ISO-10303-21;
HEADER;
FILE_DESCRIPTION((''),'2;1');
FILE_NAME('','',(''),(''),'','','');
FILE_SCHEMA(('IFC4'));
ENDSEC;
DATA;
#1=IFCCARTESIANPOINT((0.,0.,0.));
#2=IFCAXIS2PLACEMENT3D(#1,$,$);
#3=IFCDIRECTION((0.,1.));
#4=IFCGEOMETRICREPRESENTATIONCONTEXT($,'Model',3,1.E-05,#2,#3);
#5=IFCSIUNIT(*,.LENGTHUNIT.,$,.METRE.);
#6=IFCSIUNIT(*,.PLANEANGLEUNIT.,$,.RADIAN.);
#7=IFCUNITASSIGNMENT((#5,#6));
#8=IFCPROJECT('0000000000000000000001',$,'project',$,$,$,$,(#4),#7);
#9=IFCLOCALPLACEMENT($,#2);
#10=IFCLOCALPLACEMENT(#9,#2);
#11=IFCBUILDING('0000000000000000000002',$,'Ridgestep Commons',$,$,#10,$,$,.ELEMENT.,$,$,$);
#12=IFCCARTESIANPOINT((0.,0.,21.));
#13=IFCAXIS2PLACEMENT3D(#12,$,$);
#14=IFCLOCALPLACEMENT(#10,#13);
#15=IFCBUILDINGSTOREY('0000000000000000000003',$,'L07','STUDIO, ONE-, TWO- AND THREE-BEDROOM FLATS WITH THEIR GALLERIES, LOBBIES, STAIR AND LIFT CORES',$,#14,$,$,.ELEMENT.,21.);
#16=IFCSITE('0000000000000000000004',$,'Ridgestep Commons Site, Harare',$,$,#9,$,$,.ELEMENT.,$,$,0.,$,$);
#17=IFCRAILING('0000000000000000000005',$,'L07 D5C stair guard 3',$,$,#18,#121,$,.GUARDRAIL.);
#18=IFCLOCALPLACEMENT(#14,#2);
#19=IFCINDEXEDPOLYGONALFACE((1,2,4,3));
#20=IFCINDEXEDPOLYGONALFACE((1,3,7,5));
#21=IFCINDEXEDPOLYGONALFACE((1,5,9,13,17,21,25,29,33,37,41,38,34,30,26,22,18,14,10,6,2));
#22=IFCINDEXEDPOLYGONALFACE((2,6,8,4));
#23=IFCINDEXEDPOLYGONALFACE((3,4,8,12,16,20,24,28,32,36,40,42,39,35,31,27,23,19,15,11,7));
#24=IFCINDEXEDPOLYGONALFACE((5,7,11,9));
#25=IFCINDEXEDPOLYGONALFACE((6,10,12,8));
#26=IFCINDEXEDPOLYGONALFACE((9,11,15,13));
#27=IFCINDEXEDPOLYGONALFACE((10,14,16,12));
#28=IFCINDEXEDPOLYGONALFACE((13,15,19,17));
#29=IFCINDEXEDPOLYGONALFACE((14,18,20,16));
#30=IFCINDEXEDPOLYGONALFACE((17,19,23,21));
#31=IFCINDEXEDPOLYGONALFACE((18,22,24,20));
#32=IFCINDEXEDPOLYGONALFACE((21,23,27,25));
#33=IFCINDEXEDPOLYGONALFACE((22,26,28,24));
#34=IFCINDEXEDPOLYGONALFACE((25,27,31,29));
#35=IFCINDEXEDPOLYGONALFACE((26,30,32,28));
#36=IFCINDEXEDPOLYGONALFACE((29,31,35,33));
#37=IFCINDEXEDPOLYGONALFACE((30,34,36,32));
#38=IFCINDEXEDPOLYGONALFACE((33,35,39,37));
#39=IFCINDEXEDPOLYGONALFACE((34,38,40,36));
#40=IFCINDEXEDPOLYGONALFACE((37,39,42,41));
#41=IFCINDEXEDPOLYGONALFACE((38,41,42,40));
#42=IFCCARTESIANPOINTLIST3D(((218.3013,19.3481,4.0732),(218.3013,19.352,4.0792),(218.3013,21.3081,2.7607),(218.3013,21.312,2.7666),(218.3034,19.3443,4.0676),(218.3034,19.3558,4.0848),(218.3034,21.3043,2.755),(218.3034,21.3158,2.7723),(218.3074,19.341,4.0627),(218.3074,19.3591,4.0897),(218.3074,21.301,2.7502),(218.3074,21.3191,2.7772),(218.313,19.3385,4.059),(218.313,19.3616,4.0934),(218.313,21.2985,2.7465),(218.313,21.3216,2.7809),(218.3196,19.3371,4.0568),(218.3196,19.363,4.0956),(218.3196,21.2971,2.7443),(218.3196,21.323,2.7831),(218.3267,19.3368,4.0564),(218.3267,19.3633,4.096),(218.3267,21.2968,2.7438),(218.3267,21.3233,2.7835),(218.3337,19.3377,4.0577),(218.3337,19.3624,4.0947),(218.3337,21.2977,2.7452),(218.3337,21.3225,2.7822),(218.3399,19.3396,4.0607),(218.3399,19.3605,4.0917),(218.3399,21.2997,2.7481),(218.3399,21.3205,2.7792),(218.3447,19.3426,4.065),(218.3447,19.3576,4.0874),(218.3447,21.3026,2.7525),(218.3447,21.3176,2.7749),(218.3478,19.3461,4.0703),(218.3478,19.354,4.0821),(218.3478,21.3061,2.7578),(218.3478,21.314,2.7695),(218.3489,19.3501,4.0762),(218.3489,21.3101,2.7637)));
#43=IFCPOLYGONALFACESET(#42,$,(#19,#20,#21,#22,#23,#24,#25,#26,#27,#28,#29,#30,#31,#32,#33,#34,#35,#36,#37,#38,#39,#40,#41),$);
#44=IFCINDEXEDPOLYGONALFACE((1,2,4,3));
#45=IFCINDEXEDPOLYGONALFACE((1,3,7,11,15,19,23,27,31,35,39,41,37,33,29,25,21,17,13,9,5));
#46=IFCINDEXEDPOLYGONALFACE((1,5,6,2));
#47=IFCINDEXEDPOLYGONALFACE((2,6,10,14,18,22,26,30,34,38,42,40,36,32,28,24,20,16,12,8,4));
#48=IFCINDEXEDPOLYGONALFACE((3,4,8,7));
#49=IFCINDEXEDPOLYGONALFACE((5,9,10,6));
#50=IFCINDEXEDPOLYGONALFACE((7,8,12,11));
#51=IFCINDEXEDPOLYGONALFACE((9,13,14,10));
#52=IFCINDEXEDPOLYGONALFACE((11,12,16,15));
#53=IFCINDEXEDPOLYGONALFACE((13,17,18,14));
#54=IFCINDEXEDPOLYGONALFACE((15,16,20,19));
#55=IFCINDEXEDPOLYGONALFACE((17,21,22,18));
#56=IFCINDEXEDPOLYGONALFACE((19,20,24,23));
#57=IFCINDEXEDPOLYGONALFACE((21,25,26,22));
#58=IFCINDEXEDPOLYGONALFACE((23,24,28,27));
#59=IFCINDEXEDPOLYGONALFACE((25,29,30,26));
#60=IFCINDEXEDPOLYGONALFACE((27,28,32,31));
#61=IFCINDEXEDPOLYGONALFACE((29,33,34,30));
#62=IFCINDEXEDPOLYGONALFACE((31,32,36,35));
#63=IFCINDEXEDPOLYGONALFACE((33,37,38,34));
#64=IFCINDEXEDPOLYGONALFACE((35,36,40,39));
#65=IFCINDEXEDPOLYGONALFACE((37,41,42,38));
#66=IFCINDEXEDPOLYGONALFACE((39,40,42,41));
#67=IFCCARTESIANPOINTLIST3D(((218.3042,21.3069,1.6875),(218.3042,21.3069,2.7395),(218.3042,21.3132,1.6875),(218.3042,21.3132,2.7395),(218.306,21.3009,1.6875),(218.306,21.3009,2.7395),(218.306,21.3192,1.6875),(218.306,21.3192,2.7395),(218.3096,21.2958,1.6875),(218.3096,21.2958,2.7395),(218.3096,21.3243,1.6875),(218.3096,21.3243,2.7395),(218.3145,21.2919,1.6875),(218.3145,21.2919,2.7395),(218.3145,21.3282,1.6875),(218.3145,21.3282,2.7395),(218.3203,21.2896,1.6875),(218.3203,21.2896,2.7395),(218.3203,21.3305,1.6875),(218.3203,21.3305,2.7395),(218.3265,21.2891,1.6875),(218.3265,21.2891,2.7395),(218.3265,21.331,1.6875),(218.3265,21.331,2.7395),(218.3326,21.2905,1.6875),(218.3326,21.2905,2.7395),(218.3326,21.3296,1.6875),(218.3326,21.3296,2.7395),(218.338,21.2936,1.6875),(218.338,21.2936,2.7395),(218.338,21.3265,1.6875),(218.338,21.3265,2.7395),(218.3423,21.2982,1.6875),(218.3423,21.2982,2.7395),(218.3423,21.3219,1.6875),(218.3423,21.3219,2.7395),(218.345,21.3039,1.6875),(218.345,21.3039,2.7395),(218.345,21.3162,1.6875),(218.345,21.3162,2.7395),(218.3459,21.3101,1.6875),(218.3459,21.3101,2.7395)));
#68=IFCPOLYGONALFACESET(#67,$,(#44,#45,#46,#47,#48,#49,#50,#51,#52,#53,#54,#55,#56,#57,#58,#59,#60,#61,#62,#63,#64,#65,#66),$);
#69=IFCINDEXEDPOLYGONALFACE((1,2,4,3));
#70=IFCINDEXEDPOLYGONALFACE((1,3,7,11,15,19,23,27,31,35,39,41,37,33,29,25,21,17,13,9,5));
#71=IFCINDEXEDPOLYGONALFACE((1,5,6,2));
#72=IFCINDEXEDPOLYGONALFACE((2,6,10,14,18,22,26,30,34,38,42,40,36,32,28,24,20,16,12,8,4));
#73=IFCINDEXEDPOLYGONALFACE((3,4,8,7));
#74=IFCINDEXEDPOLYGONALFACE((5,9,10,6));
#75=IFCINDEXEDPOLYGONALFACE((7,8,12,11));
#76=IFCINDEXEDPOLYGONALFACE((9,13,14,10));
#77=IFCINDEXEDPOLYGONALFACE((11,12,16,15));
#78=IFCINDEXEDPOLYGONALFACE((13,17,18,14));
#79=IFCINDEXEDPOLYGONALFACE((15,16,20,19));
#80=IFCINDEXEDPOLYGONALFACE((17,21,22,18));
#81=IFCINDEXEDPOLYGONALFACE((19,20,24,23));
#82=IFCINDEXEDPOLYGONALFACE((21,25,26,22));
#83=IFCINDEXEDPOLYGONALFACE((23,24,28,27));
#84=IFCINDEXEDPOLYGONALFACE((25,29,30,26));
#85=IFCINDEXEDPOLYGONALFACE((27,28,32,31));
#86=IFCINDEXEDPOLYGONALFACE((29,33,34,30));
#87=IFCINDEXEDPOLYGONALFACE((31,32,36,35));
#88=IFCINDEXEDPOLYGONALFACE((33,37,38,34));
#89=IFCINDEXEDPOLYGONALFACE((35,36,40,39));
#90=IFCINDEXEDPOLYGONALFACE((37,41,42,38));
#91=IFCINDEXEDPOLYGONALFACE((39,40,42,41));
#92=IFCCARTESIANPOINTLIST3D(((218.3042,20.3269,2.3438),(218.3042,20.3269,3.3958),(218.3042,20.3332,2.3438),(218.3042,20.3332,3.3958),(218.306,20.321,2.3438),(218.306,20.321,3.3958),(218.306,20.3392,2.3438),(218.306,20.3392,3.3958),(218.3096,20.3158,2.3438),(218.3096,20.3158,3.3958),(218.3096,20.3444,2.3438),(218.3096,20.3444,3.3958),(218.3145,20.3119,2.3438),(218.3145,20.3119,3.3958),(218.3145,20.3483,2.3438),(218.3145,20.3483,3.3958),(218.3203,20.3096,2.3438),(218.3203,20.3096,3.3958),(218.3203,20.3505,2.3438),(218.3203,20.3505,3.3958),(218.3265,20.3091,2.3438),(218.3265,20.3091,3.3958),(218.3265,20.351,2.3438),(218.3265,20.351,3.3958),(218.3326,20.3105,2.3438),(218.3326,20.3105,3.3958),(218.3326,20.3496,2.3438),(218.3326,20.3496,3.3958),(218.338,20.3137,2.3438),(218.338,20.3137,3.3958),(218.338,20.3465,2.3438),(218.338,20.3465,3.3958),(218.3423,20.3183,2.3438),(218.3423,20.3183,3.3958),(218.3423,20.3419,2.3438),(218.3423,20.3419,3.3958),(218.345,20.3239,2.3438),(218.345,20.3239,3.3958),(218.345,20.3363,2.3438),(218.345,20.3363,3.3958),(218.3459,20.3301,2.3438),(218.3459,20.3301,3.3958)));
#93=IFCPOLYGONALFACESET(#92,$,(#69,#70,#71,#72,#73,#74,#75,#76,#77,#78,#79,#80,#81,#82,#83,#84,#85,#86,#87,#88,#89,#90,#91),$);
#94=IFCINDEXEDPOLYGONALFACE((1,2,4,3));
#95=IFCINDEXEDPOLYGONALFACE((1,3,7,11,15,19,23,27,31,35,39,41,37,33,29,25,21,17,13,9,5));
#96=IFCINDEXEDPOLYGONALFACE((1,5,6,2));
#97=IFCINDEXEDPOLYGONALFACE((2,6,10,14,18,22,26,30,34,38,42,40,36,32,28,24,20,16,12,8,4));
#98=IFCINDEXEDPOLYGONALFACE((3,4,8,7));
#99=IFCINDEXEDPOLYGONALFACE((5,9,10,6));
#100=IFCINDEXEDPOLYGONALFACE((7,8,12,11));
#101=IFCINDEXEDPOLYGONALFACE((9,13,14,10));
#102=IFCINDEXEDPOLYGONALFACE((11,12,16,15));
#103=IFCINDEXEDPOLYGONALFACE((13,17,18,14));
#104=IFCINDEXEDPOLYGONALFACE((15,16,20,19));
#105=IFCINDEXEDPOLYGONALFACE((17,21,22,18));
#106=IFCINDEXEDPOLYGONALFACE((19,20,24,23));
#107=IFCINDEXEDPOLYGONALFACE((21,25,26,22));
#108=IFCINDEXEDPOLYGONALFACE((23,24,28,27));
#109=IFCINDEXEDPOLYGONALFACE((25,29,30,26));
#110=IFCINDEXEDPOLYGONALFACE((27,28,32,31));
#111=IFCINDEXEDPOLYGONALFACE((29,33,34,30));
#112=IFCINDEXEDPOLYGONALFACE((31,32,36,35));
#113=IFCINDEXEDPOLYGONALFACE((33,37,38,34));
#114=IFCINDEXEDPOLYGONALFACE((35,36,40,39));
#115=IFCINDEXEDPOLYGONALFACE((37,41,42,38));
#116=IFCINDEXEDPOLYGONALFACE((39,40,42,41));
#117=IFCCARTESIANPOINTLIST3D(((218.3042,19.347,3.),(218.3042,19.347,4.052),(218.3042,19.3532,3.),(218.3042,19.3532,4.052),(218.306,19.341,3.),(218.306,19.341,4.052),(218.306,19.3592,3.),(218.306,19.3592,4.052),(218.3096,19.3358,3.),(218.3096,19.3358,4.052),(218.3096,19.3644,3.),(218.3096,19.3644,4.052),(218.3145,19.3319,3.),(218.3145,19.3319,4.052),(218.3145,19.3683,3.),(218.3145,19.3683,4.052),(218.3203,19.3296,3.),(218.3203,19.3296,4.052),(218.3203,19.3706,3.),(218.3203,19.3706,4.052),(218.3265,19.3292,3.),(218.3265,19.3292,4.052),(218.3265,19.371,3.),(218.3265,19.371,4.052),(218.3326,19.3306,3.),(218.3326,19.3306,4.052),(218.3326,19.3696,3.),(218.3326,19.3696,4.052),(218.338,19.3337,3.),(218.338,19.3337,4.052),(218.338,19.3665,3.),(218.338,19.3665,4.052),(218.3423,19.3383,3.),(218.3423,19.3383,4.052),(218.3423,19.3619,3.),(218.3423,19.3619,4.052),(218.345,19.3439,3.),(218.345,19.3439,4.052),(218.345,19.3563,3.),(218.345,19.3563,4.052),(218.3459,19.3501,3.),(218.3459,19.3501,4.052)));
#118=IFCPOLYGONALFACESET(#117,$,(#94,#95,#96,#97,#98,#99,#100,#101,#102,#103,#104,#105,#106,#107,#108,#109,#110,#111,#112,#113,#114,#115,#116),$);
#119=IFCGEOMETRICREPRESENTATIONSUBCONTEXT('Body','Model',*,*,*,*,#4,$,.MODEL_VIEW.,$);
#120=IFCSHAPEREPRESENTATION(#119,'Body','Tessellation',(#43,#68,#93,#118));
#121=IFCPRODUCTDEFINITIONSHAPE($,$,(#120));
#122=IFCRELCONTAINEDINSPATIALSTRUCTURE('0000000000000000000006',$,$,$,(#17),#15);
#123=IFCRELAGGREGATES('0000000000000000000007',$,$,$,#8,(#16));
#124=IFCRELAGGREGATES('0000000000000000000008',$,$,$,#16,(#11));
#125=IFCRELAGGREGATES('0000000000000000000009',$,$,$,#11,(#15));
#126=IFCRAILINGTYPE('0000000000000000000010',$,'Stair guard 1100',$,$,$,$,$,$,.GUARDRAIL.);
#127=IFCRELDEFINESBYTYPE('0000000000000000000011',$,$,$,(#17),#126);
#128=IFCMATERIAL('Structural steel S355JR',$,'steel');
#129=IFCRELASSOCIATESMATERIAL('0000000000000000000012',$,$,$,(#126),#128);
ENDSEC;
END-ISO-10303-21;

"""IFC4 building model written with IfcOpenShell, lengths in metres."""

from ifc_helpers import new_model, si_unit, direction, frame, origin, origin_2d, place, context, subcontext, project, spatial, circle, extrude, material, type_object, element, save


model = new_model("IFC4")

# Units and contexts
model_context = context("Model", 3, precision=1e-05, world=origin(), true_north=direction((0.0, 1.0)))
body_context = subcontext(model_context, "Body", "Model", "MODEL_VIEW")
ifc_project = project(units=[si_unit("LENGTHUNIT", "METRE"), si_unit("PLANEANGLEUNIT", "RADIAN")], contexts=[model_context])

# Site, building, storey
site_placement = place(None, origin())
site = spatial("IfcSite", under=ifc_project, at=site_placement, Name="Ridgestep Commons Site, Harare", CompositionType="ELEMENT", RefElevation=0.0)
building_placement = place(site_placement, origin())
building = spatial("IfcBuilding", under=site, at=building_placement, Name="Ridgestep Commons", CompositionType="ELEMENT")
storey_placement = place(building_placement, frame((0.0, 0.0, 21.0)))
storey = spatial("IfcBuildingStorey", under=building, at=storey_placement, Name="L07", Description="STUDIO, ONE-, TWO- AND THREE-BEDROOM FLATS WITH THEIR GALLERIES, LOBBIES, STAIR AND LIFT CORES", CompositionType="ELEMENT", Elevation=21.0)

# Railing
ifc_material_1 = material(Name="Structural steel S355JR", Category="steel")
railing_type_1 = type_object("IfcRailingType", Name="Stair guard 1100", PredefinedType="GUARDRAIL", material=ifc_material_1)
railing_1_placement = place(storey_placement, frame((218.325, 21.3101, 1.6875)))
element("IfcRailing", 1, at=railing_1_placement, inside=storey, type_object=railing_type_1, Name="L07 D5C stair guard 3", PredefinedType="GUARDRAIL", context=body_context, shape_type="SweptSolid", body=[
    extrude(circle(Radius=0.0239, at=origin_2d()), frame((0.0, 0.0, 1.0762), z_axis=(0.0, -0.830902, 0.556419), x_axis=(1.0, 0.0, 0.0)), (0.0, 0.0, 1.0), 2.3589),
    extrude(circle(Radius=0.021, at=origin_2d()), origin(), (0.0, 0.0, 1.0), 1.052),
    extrude(circle(Radius=0.021, at=origin_2d()), frame((0.0, -0.98, 0.6562)), (0.0, 0.0, 1.0), 1.052),
    extrude(circle(Radius=0.021, at=origin_2d()), frame((0.0, -1.96, 1.3125)), (0.0, 0.0, 1.0), 1.052),
])

save(model, "model.ifc")
